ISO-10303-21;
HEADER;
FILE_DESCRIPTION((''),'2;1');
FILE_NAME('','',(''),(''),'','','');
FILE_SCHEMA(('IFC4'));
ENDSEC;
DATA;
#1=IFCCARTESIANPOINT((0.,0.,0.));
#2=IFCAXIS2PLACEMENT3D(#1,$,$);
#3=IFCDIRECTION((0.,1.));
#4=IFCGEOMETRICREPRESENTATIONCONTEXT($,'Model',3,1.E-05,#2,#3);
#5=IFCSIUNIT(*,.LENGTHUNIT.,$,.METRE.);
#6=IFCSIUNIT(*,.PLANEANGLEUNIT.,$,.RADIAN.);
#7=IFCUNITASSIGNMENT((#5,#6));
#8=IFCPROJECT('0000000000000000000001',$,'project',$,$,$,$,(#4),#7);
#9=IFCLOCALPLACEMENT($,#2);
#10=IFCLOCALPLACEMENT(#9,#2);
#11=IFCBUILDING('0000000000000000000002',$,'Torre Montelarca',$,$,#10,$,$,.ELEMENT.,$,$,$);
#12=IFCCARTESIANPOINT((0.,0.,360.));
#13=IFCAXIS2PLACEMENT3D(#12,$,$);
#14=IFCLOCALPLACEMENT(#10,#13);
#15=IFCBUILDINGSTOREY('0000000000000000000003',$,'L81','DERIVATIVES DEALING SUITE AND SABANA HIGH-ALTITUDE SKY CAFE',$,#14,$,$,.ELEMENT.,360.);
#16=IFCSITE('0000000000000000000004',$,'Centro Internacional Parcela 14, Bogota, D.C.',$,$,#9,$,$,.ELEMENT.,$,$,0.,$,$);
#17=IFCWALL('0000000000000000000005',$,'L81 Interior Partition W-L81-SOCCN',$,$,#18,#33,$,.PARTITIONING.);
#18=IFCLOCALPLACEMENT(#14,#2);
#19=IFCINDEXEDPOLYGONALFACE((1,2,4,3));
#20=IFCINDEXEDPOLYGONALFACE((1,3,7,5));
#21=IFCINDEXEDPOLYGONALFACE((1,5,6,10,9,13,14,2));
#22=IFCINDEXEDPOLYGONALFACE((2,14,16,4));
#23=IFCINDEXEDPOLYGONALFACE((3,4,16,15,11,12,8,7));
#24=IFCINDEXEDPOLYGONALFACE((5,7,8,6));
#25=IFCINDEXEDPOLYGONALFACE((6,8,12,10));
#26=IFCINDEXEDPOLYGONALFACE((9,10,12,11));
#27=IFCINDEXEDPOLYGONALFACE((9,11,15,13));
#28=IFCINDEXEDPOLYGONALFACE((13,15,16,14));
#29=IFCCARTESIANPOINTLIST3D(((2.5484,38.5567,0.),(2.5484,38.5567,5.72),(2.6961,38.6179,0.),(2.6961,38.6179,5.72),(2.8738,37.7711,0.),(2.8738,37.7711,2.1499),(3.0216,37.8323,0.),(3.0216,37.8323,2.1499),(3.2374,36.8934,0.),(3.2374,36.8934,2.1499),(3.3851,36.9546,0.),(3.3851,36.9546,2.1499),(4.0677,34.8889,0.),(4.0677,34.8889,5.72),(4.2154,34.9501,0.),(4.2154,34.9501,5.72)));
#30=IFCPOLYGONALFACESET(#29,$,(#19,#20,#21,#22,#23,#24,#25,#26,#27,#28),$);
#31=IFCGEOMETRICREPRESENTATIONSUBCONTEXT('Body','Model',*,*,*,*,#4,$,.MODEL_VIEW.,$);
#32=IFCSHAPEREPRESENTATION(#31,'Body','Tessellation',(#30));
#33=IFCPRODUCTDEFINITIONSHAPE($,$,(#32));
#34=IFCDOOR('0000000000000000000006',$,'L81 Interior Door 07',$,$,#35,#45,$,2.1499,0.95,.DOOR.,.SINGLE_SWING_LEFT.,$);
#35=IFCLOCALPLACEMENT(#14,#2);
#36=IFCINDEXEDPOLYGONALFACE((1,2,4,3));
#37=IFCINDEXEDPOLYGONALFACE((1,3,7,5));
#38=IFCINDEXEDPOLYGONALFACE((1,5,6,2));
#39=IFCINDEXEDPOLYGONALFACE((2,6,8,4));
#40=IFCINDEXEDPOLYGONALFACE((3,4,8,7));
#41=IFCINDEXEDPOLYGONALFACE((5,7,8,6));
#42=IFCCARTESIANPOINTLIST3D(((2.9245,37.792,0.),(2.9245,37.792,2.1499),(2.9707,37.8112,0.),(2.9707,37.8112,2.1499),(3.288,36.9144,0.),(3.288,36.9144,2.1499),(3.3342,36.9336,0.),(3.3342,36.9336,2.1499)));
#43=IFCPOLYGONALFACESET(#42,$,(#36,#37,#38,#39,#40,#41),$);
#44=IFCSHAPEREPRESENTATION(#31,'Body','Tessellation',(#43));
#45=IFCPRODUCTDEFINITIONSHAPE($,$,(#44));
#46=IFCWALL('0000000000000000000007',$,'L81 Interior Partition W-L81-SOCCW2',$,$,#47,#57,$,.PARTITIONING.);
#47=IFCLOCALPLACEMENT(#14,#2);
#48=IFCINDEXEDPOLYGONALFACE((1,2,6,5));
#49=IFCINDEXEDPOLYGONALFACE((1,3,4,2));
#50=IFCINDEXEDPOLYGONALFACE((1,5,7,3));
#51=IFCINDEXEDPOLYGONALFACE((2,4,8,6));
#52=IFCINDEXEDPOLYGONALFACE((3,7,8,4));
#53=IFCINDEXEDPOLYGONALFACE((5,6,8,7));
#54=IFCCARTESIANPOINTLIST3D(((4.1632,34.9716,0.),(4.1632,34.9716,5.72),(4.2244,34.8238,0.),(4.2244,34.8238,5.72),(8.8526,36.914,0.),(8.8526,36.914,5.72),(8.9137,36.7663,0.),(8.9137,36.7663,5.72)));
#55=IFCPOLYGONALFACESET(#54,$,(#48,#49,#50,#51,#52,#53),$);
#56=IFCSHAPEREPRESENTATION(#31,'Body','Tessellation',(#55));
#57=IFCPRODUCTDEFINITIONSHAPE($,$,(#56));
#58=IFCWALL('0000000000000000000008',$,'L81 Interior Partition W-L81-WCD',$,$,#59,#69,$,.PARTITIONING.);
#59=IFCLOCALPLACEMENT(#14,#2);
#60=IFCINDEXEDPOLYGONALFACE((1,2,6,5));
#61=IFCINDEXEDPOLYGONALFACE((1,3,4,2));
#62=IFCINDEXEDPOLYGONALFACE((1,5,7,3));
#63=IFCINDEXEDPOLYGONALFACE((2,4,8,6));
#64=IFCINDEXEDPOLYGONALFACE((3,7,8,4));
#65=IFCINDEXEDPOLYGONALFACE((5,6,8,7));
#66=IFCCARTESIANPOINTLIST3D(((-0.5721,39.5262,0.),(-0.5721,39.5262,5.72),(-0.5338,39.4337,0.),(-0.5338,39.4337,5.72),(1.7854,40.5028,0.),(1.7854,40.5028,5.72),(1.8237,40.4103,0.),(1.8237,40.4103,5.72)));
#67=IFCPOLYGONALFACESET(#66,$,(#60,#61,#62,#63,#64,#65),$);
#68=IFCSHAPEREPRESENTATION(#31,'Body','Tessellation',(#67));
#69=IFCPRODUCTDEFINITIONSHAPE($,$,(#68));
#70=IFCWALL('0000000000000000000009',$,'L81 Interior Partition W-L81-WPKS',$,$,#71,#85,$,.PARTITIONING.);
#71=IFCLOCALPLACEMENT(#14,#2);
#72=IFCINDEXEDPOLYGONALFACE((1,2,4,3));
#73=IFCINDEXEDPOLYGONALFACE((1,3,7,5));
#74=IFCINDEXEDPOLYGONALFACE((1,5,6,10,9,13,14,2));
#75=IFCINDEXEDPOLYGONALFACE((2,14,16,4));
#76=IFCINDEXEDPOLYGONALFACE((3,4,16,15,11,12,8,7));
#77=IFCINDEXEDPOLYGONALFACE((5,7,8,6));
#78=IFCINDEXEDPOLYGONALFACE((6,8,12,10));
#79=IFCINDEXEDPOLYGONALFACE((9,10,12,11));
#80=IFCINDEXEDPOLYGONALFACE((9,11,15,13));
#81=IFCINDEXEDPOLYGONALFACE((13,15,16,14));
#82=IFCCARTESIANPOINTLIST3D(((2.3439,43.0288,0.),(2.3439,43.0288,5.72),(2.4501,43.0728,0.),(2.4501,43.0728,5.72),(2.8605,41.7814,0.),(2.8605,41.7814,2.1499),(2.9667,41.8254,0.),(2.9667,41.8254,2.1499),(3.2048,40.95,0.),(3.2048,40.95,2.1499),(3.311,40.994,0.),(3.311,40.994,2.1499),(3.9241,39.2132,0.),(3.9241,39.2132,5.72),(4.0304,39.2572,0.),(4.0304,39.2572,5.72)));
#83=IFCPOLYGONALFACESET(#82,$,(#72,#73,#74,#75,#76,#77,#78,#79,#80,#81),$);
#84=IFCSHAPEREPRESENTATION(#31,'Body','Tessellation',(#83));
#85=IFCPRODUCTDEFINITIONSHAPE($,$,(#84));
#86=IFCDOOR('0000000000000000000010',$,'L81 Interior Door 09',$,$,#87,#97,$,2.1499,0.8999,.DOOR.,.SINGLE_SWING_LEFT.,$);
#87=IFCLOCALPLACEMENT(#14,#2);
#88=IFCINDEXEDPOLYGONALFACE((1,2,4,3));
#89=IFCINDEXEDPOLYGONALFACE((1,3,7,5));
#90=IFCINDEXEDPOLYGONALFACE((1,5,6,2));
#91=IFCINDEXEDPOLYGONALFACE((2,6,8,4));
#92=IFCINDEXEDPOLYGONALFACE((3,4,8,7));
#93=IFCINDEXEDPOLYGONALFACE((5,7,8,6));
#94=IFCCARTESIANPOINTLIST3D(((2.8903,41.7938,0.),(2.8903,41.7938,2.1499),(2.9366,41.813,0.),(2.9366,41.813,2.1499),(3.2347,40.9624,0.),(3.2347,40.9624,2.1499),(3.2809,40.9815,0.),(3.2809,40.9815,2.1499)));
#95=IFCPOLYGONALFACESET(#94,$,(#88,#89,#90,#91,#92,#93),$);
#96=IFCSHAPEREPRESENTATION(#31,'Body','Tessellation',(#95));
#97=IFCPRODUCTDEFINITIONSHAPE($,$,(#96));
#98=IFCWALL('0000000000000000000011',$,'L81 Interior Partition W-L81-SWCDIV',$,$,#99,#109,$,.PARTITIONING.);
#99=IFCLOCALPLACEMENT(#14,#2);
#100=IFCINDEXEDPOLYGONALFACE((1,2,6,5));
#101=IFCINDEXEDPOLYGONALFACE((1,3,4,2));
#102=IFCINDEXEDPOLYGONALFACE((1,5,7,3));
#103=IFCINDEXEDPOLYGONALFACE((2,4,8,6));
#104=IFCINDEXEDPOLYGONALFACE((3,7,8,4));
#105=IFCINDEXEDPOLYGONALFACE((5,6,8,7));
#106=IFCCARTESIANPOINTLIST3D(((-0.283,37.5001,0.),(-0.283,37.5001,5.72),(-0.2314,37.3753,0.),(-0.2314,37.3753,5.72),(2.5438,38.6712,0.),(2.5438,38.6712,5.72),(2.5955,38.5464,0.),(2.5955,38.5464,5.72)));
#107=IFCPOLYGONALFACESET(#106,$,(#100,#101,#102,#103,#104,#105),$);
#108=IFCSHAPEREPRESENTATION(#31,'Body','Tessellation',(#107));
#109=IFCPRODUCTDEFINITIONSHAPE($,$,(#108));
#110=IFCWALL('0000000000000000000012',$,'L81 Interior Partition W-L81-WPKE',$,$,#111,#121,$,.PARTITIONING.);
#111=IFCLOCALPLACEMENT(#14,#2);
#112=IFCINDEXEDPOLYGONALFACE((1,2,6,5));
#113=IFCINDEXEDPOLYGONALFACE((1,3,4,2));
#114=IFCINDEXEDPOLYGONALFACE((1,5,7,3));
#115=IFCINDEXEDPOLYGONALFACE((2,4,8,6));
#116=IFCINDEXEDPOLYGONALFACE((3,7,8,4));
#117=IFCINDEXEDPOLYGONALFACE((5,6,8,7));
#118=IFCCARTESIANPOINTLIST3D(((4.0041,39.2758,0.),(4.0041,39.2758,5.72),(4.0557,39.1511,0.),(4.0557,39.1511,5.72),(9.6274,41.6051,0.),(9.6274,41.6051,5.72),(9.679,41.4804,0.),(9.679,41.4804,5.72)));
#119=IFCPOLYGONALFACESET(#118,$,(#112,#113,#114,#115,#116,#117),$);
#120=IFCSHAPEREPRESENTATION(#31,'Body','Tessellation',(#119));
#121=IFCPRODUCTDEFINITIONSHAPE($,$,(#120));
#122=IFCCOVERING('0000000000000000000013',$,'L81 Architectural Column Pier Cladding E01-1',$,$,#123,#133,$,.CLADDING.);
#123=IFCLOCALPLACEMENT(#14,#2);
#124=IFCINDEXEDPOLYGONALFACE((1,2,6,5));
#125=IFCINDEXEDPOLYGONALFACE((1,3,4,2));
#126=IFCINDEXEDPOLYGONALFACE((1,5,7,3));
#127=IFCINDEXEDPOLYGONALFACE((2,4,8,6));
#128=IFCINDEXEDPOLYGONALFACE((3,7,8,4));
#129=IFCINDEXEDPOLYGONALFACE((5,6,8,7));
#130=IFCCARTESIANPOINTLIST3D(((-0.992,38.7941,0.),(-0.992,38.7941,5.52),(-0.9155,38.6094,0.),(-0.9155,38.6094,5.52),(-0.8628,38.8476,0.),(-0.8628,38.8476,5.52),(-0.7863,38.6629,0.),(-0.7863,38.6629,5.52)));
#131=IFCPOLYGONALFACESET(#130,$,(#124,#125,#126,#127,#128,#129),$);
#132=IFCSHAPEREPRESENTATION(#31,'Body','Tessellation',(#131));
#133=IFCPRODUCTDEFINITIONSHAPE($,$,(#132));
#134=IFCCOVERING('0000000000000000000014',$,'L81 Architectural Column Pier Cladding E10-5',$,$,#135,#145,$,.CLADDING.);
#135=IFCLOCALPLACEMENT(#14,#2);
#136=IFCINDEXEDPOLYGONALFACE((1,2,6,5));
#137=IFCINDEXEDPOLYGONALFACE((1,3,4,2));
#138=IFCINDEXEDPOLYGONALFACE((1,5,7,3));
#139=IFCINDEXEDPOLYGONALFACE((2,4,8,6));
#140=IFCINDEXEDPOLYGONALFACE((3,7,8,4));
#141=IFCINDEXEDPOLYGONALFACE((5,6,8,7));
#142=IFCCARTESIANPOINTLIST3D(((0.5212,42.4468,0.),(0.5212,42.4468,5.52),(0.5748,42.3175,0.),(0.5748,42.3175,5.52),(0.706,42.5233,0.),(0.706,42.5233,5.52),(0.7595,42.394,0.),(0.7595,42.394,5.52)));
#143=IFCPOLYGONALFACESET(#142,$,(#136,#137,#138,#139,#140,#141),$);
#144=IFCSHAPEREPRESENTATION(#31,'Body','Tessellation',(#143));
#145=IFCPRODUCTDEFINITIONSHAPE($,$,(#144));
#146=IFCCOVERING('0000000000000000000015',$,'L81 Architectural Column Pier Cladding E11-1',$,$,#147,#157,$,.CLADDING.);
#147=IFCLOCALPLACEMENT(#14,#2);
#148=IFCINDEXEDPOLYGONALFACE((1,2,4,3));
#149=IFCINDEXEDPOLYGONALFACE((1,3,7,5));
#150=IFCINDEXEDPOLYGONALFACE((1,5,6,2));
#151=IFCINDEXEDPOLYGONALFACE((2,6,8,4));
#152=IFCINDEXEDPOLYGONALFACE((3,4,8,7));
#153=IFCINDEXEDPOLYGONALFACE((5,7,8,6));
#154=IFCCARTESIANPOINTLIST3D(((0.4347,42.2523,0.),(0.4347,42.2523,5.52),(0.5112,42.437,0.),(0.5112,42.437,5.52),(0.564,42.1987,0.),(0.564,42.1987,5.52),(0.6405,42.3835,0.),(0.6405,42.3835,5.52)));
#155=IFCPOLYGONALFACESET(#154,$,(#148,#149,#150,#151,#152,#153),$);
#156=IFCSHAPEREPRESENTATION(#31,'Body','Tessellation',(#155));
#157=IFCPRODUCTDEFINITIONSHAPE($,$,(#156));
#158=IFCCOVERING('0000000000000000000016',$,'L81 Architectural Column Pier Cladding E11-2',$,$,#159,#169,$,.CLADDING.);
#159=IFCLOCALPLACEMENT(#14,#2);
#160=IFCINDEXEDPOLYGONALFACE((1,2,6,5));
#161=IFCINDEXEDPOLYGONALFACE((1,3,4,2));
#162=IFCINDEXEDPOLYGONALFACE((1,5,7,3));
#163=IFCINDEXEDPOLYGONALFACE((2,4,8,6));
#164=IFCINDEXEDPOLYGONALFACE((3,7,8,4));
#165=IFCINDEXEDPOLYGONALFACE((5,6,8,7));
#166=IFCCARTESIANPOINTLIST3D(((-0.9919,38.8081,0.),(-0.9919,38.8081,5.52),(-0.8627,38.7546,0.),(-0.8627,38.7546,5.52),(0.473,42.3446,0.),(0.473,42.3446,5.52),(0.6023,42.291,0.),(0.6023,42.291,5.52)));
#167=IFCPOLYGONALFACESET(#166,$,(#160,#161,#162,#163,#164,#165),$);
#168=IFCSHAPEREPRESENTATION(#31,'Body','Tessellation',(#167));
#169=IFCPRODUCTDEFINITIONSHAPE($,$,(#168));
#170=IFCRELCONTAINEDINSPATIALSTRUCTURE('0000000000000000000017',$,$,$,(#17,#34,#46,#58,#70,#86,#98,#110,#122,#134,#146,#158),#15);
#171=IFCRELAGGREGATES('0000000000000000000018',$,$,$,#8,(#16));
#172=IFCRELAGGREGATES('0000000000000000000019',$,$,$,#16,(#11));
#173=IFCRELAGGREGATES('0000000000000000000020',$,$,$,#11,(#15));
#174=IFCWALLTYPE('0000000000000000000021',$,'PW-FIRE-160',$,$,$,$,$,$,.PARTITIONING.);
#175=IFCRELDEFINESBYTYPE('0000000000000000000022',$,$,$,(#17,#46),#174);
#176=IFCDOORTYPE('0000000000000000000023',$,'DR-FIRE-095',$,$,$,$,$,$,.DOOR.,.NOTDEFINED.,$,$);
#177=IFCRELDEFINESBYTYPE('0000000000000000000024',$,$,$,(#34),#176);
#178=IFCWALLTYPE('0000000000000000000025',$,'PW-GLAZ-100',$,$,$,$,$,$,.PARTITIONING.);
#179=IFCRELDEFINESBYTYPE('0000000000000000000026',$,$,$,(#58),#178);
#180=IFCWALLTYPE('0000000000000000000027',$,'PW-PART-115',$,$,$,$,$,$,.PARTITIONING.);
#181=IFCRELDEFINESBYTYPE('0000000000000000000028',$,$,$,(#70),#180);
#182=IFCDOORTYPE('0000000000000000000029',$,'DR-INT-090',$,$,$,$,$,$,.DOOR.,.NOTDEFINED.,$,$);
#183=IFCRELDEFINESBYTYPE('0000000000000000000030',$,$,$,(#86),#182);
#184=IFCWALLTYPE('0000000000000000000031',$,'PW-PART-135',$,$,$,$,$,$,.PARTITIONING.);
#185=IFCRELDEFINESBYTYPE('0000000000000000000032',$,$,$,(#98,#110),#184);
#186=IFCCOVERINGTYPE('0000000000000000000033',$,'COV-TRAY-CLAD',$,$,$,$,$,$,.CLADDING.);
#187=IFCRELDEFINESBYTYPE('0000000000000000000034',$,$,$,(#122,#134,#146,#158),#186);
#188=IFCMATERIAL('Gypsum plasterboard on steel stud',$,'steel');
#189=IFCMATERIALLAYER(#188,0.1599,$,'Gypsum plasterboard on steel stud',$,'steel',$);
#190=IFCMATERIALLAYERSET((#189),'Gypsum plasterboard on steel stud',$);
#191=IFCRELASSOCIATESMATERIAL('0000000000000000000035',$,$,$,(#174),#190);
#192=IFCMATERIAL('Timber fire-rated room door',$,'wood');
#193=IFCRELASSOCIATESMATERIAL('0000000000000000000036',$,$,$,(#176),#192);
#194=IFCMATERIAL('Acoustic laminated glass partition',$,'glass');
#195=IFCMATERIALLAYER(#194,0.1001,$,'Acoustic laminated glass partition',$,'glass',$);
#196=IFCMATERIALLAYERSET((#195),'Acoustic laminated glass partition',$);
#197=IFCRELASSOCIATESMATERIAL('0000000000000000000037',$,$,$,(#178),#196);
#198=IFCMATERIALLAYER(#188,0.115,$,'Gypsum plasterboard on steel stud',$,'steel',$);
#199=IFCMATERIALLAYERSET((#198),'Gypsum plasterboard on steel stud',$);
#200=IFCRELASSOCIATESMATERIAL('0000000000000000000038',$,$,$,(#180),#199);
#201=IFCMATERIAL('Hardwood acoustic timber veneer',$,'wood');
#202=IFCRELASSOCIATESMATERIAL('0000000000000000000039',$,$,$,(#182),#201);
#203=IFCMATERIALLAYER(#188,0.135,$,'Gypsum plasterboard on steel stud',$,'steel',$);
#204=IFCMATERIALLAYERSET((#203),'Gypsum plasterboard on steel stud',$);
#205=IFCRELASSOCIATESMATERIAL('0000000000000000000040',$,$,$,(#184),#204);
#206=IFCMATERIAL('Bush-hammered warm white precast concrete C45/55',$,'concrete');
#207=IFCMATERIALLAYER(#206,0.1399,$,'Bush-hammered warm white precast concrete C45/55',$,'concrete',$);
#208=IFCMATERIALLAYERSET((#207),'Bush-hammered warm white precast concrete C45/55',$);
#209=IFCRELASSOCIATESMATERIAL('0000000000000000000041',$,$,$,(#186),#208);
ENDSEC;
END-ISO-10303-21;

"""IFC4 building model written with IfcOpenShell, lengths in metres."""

from ifc_helpers import new_model, si_unit, direction, frame, frame_2d, origin, origin_2d, place, context, subcontext, project, spatial, rectangle, extrude, source, transform, mapped, material, layer, layer_set, type_object, element, fill, save


model = new_model("IFC4")

# Units and contexts
model_context = context("Model", 3, precision=1e-05, world=origin(), true_north=direction((0.0, 1.0)))
body_context = subcontext(model_context, "Body", "Model", "MODEL_VIEW")
ifc_project = project(units=[si_unit("LENGTHUNIT", "METRE"), si_unit("PLANEANGLEUNIT", "RADIAN")], contexts=[model_context])

# Site, building, storey
site_placement = place(None, origin())
site = spatial("IfcSite", under=ifc_project, at=site_placement, Name="Centro Internacional Parcela 14, Bogota, D.C.", CompositionType="ELEMENT", RefElevation=0.0)
building_placement = place(site_placement, origin())
building = spatial("IfcBuilding", under=site, at=building_placement, Name="Torre Montelarca", CompositionType="ELEMENT")
storey_placement = place(building_placement, frame((0.0, 0.0, 360.0)))
storey = spatial("IfcBuildingStorey", under=building, at=storey_placement, Name="L81", Description="DERIVATIVES DEALING SUITE AND SABANA HIGH-ALTITUDE SKY CAFE", CompositionType="ELEMENT", Elevation=360.0)

# Wall, opening, door
ifc_material_1 = material(Name="Gypsum plasterboard on steel stud", Category="steel")
ifc_layer_1 = layer(ifc_material_1, 0.1599, Name="Gypsum plasterboard on steel stud", Category="steel")
ifc_layer_set_1 = layer_set([ifc_layer_1], Name="Gypsum plasterboard on steel stud")
wall_type_1 = type_object("IfcWallType", Name="PW-FIRE-160", PredefinedType="PARTITIONING", material=ifc_layer_set_1)
wall_1_placement = place(storey_placement, frame((2.6223, 38.5872, 0.0), z_axis=(0.0, 0.0, 1.0), x_axis=(0.382698, -0.923874, 0.0)))
wall_1 = element("IfcWall", 1, at=wall_1_placement, inside=storey, type_object=wall_type_1, Name="L81 Interior Partition W-L81-SOCCN", PredefinedType="PARTITIONING", context=body_context, shape_type="SweptSolid", body=[
    extrude(rectangle(XDim=3.97, YDim=0.1599, at=frame_2d((1.9849, 0.0))), origin(), (0.0, 0.0, 1.0), 5.72),
])
opening_1_placement = place(wall_1_placement, frame((0.8501, 0.0, 0.0)))
opening_1 = element("IfcOpeningElement", 2, at=opening_1_placement, cuts=wall_1, PredefinedType="OPENING", context=body_context, shape_type="SweptSolid", body=[
    extrude(rectangle(XDim=0.95, YDim=2.1499, at=frame_2d((0.4751, 1.075))), frame((0.0, 0.0898, 0.0), z_axis=(0.0, -1.0, 0.0), x_axis=(1.0, 0.0, 0.0)), (0.0, 0.0, 1.0), 0.1799),
])
ifc_material_2 = material(Name="Timber fire-rated room door", Category="wood")
door_type_1 = type_object("IfcDoorType", Name="DR-FIRE-095", OperationType="NOTDEFINED", PredefinedType="DOOR", material=ifc_material_2)
shared_shape_1 = source(origin(), body_context, "Body", "SweptSolid", [
    extrude(rectangle(XDim=0.95, YDim=2.1499, at=frame_2d((0.4751, 1.075))), frame((0.0, 0.0249, 0.0), z_axis=(0.0, -1.0, 0.0), x_axis=(1.0, 0.0, 0.0)), (0.0, 0.0, 1.0), 0.05),
])
door_1_placement = place(opening_1_placement, origin())
door_1 = element("IfcDoor", 3, at=door_1_placement, inside=storey, type_object=door_type_1, Name="L81 Interior Door 07", OperationType="SINGLE_SWING_LEFT", OverallHeight=2.1499, OverallWidth=0.95, PredefinedType="DOOR", context=body_context, shape_type="MappedRepresentation", body=[
    mapped(shared_shape_1, transform((0.0, 0.0, 0.0), scale=1.0)),
])
fill(opening_1, door_1)

# Walls
wall_2_placement = place(storey_placement, frame((4.1938, 34.8977, 0.0), z_axis=(0.0, 0.0, 1.0), x_axis=(0.923876, 0.382692, 0.0)))
element("IfcWall", 4, at=wall_2_placement, inside=storey, type_object=wall_type_1, Name="L81 Interior Partition W-L81-SOCCW2", PredefinedType="PARTITIONING", context=body_context, shape_type="SweptSolid", body=[
    extrude(rectangle(XDim=5.0757, YDim=0.1599, at=frame_2d((2.5378, 0.0))), origin(), (0.0, 0.0, 1.0), 5.72),
])
ifc_material_3 = material(Name="Acoustic laminated glass partition", Category="glass")
ifc_layer_2 = layer(ifc_material_3, 0.1001, Name="Acoustic laminated glass partition", Category="glass")
ifc_layer_set_2 = layer_set([ifc_layer_2], Name="Acoustic laminated glass partition")
wall_type_2 = type_object("IfcWallType", Name="PW-GLAZ-100", PredefinedType="PARTITIONING", material=ifc_layer_set_2)
wall_3_placement = place(storey_placement, frame((-0.553, 39.48, 0.0), z_axis=(0.0, 0.0, 1.0), x_axis=(0.923868, 0.382712, 0.0)))
element("IfcWall", 5, at=wall_3_placement, inside=storey, type_object=wall_type_2, Name="L81 Interior Partition W-L81-WCD", PredefinedType="PARTITIONING", context=body_context, shape_type="SweptSolid", body=[
    extrude(rectangle(XDim=2.5518, YDim=0.1001, at=frame_2d((1.2759, 0.0))), origin(), (0.0, 0.0, 1.0), 5.72),
])

# Shared definitions
ifc_layer_3 = layer(ifc_material_1, 0.115, Name="Gypsum plasterboard on steel stud", Category="steel")
ifc_layer_set_3 = layer_set([ifc_layer_3], Name="Gypsum plasterboard on steel stud")
wall_type_3 = type_object("IfcWallType", Name="PW-PART-115", PredefinedType="PARTITIONING", material=ifc_layer_set_3)
ifc_material_4 = material(Name="Hardwood acoustic timber veneer", Category="wood")
door_type_2 = type_object("IfcDoorType", Name="DR-INT-090", OperationType="NOTDEFINED", PredefinedType="DOOR", material=ifc_material_4)
shared_shape_2 = source(origin(), body_context, "Body", "SweptSolid", [
    extrude(rectangle(XDim=0.8999, YDim=2.1499, at=frame_2d((0.45, 1.075))), frame((0.0, 0.0249, 0.0), z_axis=(0.0, -1.0, 0.0), x_axis=(1.0, 0.0, 0.0)), (0.0, 0.0, 1.0), 0.05),
])

# Wall, opening, door
wall_4_placement = place(storey_placement, frame((2.397, 43.0508, 0.0), z_axis=(0.0, 0.0, 1.0), x_axis=(0.382646, -0.923895, 0.0)))
wall_4 = element("IfcWall", 6, at=wall_4_placement, inside=storey, type_object=wall_type_3, Name="L81 Interior Partition W-L81-WPKS", PredefinedType="PARTITIONING", context=body_context, shape_type="SweptSolid", body=[
    extrude(rectangle(XDim=4.1299, YDim=0.115, at=frame_2d((2.0649, 0.0))), origin(), (0.0, 0.0, 1.0), 5.72),
])
opening_2_placement = place(wall_4_placement, frame((1.3501, 0.0, 0.0)))
opening_2 = element("IfcOpeningElement", 7, at=opening_2_placement, cuts=wall_4, PredefinedType="OPENING", context=body_context, shape_type="SweptSolid", body=[
    extrude(rectangle(XDim=0.8999, YDim=2.1499, at=frame_2d((0.45, 1.075))), frame((0.0, 0.0674, 0.0), z_axis=(0.0, -1.0, 0.0), x_axis=(1.0, 0.0, 0.0)), (0.0, 0.0, 1.0), 0.135),
])
door_2_placement = place(opening_2_placement, origin())
door_2 = element("IfcDoor", 8, at=door_2_placement, inside=storey, type_object=door_type_2, Name="L81 Interior Door 09", OperationType="SINGLE_SWING_LEFT", OverallHeight=2.1499, OverallWidth=0.8999, PredefinedType="DOOR", context=body_context, shape_type="MappedRepresentation", body=[
    mapped(shared_shape_2, transform((0.0, 0.0, 0.0), scale=1.0)),
])
fill(opening_2, door_2)

# Walls
ifc_layer_4 = layer(ifc_material_1, 0.135, Name="Gypsum plasterboard on steel stud", Category="steel")
ifc_layer_set_4 = layer_set([ifc_layer_4], Name="Gypsum plasterboard on steel stud")
wall_type_4 = type_object("IfcWallType", Name="PW-PART-135", PredefinedType="PARTITIONING", material=ifc_layer_set_4)
wall_5_placement = place(storey_placement, frame((-0.2571, 37.4377, 0.0), z_axis=(0.0, 0.0, 1.0), x_axis=(0.923856, 0.382739, 0.0)))
element("IfcWall", 9, at=wall_5_placement, inside=storey, type_object=wall_type_4, Name="L81 Interior Partition W-L81-SWCDIV", PredefinedType="PARTITIONING", context=body_context, shape_type="SweptSolid", body=[
    extrude(rectangle(XDim=3.0598, YDim=0.135, at=frame_2d((1.5298, 0.0))), origin(), (0.0, 0.0, 1.0), 5.72),
])
wall_6_placement = place(storey_placement, frame((4.0298, 39.2134, 0.0), z_axis=(0.0, 0.0, 1.0), x_axis=(0.923874, 0.382698, 0.0)))
element("IfcWall", 10, at=wall_6_placement, inside=storey, type_object=wall_type_4, Name="L81 Interior Partition W-L81-WPKE", PredefinedType="PARTITIONING", context=body_context, shape_type="SweptSolid", body=[
    extrude(rectangle(XDim=6.0867, YDim=0.135, at=frame_2d((3.0435, 0.0))), origin(), (0.0, 0.0, 1.0), 5.72),
])

# Coverings
ifc_material_5 = material(Name="Bush-hammered warm white precast concrete C45/55", Category="concrete")
ifc_layer_5 = layer(ifc_material_5, 0.1399, Name="Bush-hammered warm white precast concrete C45/55", Category="concrete")
ifc_layer_set_5 = layer_set([ifc_layer_5], Name="Bush-hammered warm white precast concrete C45/55")
covering_type = type_object("IfcCoveringType", Name="COV-TRAY-CLAD", PredefinedType="CLADDING", material=ifc_layer_set_5)
shared_shape_3 = source(origin(), body_context, "Body", "SweptSolid", [
    extrude(rectangle(XDim=0.2, YDim=0.1399, at=origin_2d()), origin(), (0.0, 0.0, 1.0), 5.52),
])
for number, where, z_axis, x_axis, name in (
    (11, (-0.8892, 38.7285, 0.0), (0.0, 0.0, 1.0), (0.382683, -0.92388, 0.0), "L81 Architectural Column Pier Cladding E01-1"),
    (12, (0.6404, 42.4204, 0.0), (0.0, 0.0, 1.0), (-0.923879, -0.382685, 0.0), "L81 Architectural Column Pier Cladding E10-5"),
    (13, (0.5376, 42.3179, 0.0), (0.0, 0.0, 1.0), (-0.382704, -0.923871, 0.0), "L81 Architectural Column Pier Cladding E11-1"),
):
    element("IfcCovering", number, at=place(storey_placement, frame(where, z_axis=z_axis, x_axis=x_axis)), inside=storey, type_object=covering_type, Name=name, PredefinedType="CLADDING", context=body_context, shape_type="MappedRepresentation", body=[
        mapped(shared_shape_3, transform((0.0, 0.0, 0.0), scale=1.0)),
    ])
shared_shape_4 = source(origin(), body_context, "Body", "SweptSolid", [
    extrude(rectangle(XDim=3.8279, YDim=0.1399, at=origin_2d()), origin(), (0.0, 0.0, 1.0), 5.52),
])
covering_1_placement = place(storey_placement, frame((-0.1948, 40.5496, 0.0), z_axis=(0.0, 0.0, 1.0), x_axis=(-0.382704, -0.923871, 0.0)))
element("IfcCovering", 14, at=covering_1_placement, inside=storey, type_object=covering_type, Name="L81 Architectural Column Pier Cladding E11-2", PredefinedType="CLADDING", context=body_context, shape_type="MappedRepresentation", body=[
    mapped(shared_shape_4, transform((0.0, 0.0, 0.0), scale=1.0)),
])

save(model, "model.ifc")
